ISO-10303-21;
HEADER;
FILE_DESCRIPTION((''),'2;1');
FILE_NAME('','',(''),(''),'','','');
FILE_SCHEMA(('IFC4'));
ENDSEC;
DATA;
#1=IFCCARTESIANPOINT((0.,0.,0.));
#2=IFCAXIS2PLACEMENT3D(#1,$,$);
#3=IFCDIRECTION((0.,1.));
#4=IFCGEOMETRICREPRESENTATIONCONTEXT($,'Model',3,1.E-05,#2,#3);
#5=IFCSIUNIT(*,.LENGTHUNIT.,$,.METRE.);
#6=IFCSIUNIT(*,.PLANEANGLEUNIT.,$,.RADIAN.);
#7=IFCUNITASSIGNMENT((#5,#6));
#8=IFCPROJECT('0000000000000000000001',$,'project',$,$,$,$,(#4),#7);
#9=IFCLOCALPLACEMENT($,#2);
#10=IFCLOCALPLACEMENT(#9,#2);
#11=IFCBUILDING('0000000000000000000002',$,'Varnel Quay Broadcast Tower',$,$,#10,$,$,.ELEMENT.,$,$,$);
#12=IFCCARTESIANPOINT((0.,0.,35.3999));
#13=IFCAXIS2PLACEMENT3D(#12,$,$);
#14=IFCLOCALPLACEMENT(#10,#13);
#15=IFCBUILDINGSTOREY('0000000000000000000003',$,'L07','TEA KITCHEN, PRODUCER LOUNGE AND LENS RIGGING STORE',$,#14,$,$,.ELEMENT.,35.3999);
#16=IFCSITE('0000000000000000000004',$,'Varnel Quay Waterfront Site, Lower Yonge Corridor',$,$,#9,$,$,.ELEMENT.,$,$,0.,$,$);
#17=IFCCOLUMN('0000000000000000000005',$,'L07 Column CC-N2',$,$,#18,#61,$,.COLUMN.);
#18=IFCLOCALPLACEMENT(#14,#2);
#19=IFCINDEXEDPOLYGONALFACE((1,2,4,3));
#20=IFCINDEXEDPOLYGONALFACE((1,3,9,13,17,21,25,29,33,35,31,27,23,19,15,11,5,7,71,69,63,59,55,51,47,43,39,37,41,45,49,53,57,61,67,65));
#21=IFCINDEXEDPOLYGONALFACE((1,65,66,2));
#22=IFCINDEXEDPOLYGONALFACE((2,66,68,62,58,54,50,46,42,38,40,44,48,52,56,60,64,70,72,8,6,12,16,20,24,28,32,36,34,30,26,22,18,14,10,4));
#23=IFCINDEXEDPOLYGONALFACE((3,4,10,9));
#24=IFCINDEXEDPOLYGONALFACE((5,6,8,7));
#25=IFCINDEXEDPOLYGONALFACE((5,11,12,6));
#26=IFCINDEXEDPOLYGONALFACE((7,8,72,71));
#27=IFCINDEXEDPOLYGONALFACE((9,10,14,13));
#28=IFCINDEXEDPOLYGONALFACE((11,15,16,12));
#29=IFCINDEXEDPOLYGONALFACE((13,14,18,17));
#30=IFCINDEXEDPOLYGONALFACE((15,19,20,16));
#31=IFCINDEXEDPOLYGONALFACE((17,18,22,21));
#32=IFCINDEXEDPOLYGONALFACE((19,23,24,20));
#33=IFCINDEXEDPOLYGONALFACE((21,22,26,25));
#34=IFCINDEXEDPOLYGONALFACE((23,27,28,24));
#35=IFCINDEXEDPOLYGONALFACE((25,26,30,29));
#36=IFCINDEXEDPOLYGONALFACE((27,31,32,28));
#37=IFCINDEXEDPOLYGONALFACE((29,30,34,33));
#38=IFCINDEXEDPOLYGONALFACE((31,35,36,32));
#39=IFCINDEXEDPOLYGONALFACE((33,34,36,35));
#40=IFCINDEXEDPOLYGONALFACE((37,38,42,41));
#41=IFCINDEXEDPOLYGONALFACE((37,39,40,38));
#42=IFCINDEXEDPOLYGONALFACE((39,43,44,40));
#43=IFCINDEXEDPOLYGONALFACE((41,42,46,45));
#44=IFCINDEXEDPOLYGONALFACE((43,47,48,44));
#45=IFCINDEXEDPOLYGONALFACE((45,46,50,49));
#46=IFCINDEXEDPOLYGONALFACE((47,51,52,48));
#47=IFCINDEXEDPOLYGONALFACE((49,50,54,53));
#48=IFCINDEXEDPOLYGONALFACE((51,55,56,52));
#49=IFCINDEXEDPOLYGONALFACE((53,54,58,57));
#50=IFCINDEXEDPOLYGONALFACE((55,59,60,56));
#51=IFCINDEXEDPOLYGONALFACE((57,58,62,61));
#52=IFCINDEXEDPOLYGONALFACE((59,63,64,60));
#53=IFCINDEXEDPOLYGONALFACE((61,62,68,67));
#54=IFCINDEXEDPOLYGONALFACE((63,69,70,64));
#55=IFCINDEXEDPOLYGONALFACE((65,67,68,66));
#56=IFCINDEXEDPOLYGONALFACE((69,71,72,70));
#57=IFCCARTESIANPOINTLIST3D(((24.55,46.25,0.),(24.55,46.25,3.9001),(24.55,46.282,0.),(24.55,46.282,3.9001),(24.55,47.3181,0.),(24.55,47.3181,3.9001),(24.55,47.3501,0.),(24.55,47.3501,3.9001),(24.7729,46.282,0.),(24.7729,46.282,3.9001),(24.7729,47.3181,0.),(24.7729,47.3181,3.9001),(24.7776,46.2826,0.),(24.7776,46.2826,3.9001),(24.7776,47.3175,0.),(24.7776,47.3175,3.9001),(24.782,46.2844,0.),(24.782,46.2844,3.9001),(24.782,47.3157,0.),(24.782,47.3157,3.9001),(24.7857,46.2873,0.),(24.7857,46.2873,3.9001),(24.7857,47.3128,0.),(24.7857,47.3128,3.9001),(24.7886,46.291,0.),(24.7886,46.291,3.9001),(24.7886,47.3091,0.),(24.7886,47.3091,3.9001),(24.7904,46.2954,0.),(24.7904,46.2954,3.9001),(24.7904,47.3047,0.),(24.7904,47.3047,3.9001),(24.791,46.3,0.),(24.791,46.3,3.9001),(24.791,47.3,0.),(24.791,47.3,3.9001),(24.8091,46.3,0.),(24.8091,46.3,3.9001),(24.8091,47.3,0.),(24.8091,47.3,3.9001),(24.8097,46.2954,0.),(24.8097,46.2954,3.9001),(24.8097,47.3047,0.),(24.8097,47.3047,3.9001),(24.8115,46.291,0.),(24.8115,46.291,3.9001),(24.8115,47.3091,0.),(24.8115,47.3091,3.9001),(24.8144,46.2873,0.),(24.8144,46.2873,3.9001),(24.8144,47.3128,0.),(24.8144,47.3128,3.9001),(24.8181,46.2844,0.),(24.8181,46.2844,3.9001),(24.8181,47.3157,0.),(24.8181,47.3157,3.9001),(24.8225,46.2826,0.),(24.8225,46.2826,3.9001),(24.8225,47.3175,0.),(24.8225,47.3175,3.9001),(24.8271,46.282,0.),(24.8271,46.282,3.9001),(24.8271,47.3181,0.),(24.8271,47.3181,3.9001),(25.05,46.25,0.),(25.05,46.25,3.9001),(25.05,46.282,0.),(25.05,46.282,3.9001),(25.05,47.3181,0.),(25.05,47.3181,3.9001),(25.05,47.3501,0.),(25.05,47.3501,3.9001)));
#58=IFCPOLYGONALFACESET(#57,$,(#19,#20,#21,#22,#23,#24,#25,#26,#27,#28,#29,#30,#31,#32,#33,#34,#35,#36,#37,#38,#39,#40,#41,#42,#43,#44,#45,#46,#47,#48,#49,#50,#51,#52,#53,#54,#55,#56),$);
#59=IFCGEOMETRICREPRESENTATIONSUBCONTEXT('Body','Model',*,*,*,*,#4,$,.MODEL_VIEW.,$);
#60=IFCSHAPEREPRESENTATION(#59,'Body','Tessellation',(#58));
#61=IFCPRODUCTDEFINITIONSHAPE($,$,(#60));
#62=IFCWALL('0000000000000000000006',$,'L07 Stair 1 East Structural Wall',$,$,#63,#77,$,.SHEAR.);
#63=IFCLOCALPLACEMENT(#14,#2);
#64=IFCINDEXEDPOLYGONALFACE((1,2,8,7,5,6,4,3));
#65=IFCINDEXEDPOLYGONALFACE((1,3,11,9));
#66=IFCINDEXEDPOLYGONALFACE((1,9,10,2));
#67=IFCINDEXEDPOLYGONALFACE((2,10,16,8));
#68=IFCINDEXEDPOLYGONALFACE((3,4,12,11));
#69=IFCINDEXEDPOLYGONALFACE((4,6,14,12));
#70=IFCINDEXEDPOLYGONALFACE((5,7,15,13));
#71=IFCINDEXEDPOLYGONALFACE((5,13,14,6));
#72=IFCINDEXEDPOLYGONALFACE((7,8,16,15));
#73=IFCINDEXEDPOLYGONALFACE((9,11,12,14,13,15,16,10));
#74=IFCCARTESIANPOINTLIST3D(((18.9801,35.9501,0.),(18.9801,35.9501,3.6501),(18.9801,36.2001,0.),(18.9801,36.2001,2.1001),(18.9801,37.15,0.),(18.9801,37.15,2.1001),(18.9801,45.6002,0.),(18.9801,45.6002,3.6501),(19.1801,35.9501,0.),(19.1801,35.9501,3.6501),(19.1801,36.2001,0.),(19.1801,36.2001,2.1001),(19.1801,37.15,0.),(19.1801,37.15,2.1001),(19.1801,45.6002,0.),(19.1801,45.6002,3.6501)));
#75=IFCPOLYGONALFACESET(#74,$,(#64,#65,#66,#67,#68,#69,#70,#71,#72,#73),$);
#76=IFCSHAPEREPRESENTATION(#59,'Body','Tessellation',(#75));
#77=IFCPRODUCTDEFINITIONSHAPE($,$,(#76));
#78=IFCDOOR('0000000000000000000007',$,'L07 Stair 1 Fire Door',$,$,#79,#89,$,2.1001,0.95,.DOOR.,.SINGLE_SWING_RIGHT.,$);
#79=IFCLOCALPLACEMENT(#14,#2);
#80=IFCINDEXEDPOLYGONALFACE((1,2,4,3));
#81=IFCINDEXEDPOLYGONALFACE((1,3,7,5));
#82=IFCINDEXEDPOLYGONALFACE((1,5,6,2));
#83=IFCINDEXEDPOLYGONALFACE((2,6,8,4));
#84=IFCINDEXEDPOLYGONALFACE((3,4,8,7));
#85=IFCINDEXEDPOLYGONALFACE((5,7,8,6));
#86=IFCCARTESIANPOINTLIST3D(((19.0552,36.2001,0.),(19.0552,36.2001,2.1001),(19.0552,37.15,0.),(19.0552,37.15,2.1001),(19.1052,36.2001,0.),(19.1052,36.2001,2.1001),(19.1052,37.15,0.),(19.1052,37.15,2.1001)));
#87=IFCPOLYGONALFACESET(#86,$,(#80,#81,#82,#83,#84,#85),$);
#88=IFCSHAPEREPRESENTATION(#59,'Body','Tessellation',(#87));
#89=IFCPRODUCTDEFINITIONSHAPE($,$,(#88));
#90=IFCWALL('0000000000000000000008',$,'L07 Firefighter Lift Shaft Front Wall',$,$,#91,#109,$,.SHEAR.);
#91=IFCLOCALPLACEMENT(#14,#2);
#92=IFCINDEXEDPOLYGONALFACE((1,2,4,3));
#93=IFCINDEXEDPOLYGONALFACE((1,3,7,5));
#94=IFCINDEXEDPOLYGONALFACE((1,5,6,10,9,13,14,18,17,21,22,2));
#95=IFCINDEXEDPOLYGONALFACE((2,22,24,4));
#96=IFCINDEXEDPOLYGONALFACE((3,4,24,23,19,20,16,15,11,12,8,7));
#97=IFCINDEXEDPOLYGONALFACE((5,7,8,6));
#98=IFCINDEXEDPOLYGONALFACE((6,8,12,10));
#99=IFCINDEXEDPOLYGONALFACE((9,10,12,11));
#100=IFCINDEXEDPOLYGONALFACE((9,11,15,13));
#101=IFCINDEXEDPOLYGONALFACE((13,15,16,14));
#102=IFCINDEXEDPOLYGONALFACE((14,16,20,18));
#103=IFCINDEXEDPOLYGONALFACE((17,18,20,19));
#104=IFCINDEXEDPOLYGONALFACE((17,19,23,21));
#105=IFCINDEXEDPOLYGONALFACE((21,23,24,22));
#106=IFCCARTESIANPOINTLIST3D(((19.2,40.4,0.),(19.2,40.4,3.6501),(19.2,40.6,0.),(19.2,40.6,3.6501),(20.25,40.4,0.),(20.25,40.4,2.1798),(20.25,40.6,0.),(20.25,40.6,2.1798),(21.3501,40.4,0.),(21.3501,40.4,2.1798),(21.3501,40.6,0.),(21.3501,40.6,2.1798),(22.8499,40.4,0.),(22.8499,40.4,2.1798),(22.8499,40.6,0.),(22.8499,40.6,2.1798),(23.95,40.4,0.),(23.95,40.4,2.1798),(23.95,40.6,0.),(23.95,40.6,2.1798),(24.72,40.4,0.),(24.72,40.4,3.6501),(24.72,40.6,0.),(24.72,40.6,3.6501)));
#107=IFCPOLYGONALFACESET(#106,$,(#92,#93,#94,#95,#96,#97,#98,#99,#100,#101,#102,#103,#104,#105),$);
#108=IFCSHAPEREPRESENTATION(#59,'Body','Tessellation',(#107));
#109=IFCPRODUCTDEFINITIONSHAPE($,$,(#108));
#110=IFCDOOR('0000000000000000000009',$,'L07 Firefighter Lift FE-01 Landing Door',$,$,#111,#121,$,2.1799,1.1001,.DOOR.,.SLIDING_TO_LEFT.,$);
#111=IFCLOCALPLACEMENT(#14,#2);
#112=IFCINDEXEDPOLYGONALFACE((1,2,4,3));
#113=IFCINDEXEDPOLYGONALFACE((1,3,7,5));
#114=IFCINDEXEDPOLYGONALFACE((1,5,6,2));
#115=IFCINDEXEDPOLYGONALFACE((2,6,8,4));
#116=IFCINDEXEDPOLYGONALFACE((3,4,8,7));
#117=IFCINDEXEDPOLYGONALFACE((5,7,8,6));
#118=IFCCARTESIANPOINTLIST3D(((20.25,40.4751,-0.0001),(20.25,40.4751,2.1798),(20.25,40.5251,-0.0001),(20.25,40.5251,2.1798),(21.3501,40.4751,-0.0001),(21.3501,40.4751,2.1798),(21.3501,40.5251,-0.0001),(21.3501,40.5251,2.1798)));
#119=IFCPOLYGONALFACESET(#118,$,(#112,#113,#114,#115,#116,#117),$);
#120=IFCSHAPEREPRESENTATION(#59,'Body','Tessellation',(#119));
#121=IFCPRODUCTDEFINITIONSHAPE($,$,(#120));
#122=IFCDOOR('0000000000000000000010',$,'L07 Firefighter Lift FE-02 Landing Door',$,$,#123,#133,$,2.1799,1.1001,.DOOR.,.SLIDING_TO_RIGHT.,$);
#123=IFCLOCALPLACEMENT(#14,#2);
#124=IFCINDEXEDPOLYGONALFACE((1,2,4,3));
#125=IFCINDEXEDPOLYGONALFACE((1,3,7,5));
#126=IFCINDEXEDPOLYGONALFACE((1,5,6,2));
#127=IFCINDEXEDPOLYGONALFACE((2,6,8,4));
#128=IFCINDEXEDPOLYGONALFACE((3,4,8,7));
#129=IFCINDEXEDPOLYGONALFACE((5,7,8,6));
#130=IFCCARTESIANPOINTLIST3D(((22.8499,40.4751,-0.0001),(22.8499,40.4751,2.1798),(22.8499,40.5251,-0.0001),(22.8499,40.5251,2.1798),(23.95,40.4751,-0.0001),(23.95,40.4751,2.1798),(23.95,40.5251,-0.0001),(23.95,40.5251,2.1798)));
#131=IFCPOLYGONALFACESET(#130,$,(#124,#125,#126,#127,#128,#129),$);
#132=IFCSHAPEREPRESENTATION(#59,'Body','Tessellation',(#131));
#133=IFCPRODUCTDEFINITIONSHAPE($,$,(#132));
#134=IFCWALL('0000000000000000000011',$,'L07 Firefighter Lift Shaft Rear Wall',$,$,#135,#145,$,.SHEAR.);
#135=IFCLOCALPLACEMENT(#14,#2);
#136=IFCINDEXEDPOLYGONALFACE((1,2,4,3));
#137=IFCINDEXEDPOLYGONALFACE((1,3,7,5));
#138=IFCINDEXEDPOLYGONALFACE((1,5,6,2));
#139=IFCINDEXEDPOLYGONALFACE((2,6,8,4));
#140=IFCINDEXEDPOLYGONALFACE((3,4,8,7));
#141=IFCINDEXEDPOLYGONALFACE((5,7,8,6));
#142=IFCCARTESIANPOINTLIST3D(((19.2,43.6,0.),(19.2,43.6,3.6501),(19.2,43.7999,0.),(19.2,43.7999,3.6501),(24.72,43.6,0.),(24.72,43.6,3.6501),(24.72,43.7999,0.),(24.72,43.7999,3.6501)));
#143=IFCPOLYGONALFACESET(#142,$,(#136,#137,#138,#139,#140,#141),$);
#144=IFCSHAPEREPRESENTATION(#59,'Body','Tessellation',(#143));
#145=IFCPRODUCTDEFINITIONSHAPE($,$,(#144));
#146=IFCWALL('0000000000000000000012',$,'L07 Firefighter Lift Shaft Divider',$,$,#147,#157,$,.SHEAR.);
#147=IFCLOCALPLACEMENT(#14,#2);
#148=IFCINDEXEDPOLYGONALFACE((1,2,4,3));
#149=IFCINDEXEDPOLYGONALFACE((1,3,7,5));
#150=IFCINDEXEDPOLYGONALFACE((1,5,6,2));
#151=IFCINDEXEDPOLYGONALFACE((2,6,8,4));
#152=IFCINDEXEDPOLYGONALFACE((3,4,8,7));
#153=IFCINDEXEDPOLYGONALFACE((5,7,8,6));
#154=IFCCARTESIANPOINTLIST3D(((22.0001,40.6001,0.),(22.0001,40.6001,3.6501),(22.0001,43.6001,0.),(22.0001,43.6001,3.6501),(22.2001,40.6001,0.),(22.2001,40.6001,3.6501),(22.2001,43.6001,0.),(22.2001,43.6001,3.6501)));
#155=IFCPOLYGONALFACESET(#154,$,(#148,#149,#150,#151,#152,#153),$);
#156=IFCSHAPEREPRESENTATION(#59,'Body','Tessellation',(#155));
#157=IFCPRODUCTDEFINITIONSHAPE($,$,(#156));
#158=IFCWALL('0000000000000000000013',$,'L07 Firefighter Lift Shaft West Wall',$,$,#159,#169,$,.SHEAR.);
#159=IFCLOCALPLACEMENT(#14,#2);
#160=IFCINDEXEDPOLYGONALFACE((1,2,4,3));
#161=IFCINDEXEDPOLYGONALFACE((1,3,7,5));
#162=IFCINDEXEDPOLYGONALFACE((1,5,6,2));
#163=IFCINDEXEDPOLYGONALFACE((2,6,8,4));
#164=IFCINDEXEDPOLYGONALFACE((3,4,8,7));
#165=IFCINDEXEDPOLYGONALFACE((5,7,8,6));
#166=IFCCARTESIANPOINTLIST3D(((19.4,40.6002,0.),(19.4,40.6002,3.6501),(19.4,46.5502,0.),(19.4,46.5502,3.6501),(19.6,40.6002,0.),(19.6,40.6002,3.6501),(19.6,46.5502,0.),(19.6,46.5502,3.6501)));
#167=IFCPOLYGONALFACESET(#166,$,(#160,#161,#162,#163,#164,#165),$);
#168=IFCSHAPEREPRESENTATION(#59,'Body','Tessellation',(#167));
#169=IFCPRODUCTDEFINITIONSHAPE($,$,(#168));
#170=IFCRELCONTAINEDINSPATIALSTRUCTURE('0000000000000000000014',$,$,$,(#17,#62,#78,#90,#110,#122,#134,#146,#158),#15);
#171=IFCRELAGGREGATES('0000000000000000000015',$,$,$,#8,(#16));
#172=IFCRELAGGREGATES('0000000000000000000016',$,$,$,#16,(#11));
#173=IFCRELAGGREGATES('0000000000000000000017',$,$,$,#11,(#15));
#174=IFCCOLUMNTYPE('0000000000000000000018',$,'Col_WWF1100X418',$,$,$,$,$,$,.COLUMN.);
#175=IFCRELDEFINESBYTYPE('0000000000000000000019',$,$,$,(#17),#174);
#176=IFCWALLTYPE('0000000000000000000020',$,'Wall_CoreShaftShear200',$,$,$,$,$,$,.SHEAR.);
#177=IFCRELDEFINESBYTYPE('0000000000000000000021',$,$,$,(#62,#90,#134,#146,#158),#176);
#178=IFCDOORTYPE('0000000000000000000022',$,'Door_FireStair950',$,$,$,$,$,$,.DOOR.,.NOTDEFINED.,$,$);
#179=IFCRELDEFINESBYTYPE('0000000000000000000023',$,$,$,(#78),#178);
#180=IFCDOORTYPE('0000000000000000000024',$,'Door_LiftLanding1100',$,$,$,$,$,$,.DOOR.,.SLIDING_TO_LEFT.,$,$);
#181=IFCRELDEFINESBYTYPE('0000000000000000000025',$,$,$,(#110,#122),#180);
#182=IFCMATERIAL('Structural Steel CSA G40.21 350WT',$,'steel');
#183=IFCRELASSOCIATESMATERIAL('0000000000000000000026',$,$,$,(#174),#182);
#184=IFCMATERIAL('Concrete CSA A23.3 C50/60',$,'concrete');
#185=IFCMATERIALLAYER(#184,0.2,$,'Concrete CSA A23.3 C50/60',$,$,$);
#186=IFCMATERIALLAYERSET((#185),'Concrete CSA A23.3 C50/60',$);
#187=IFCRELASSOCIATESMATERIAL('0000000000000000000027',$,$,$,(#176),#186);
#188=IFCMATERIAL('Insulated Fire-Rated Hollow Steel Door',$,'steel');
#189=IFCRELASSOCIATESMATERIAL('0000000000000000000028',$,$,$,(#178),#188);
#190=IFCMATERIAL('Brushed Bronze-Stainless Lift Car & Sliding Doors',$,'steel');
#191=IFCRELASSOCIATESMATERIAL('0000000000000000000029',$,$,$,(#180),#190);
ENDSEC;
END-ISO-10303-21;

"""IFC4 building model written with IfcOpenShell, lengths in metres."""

from ifc_helpers import new_model, si_unit, direction, frame, frame_2d, origin, origin_2d, place, context, subcontext, project, spatial, rectangle, i_section, extrude, source, transform, mapped, material, layer, layer_set, material_profile, profile_set, type_object, type_shapes, element, fill, save


model = new_model("IFC4")

# Units and contexts
model_context = context("Model", 3, precision=1e-05, world=origin(), true_north=direction((0.0, 1.0)))
body_context = subcontext(model_context, "Body", "Model", "MODEL_VIEW")
ifc_project = project(units=[si_unit("LENGTHUNIT", "METRE"), si_unit("PLANEANGLEUNIT", "RADIAN")], contexts=[model_context])

# Site, building, storey
site_placement = place(None, origin())
site = spatial("IfcSite", under=ifc_project, at=site_placement, Name="Varnel Quay Waterfront Site, Lower Yonge Corridor", CompositionType="ELEMENT", RefElevation=0.0)
building_placement = place(site_placement, origin())
building = spatial("IfcBuilding", under=site, at=building_placement, Name="Varnel Quay Broadcast Tower", CompositionType="ELEMENT")
storey_placement = place(building_placement, frame((0.0, 0.0, 35.3999)))
storey = spatial("IfcBuildingStorey", under=building, at=storey_placement, Name="L07", Description="TEA KITCHEN, PRODUCER LOUNGE AND LENS RIGGING STORE", CompositionType="ELEMENT", Elevation=35.3999)

# Column
ifc_material_1 = material(Name="Structural Steel CSA G40.21 350WT", Category="steel")
ifc_material_profile = material_profile(ifc_material_1, i_section(OverallWidth=0.5, OverallDepth=1.1001, WebThickness=0.0181, FlangeThickness=0.032, FilletRadius=0.0181, at=origin_2d()), Name="WWF1100X418")
ifc_profile_set = profile_set([ifc_material_profile], Name="Structural Steel CSA G40.21 350WT")
column_type = type_object("IfcColumnType", Name="Col_WWF1100X418", PredefinedType="COLUMN", material=ifc_profile_set)
shared_shape_1 = source(origin(), body_context, "Body", "SweptSolid", [
    extrude(i_section(OverallWidth=0.5, OverallDepth=1.1001, WebThickness=0.0181, FlangeThickness=0.032, FilletRadius=0.0181, at=origin_2d()), origin(), (0.0, 0.0, 1.0), 3.9001),
])
type_shapes(column_type, [shared_shape_1])
column_placement = place(storey_placement, frame((24.8, 46.8, 0.0), z_axis=(0.0, 0.0, 1.0), x_axis=(1.0, 0.0, 0.0)))
element("IfcColumn", 1, at=column_placement, inside=storey, type_object=column_type, Name="L07 Column CC-N2", PredefinedType="COLUMN", context=body_context, shape_type="MappedRepresentation", body=[
    mapped(shared_shape_1, transform((0.0, 0.0, 0.0), x_axis=(1.0, 0.0, 0.0), y_axis=(0.0, 1.0, 0.0), z_axis=(0.0, 0.0, 1.0), scale=1.0)),
])

# Wall, opening, door
ifc_material_2 = material(Name="Concrete CSA A23.3 C50/60", Category="concrete")
ifc_layer_1 = layer(ifc_material_2, 0.2, Name="Concrete CSA A23.3 C50/60")
ifc_layer_set_1 = layer_set([ifc_layer_1], Name="Concrete CSA A23.3 C50/60")
wall_type_1 = type_object("IfcWallType", Name="Wall_CoreShaftShear200", PredefinedType="SHEAR", material=ifc_layer_set_1)
wall_1_placement = place(storey_placement, frame((19.0801, 35.95, 0.0), z_axis=(0.0, 0.0, 1.0), x_axis=(0.0, 1.0, 0.0)))
wall_1 = element("IfcWall", 2, at=wall_1_placement, inside=storey, type_object=wall_type_1, Name="L07 Stair 1 East Structural Wall", PredefinedType="SHEAR", context=body_context, shape_type="SweptSolid", body=[
    extrude(rectangle(XDim=9.6501, YDim=0.2, at=frame_2d((4.8252, 0.0))), origin(), (0.0, 0.0, 1.0), 3.6501),
])
opening_1_placement = place(wall_1_placement, frame((0.25, 0.0, 0.0)))
opening_1 = element("IfcOpeningElement", 3, at=opening_1_placement, cuts=wall_1, PredefinedType="OPENING", context=body_context, shape_type="SweptSolid", body=[
    extrude(rectangle(XDim=0.95, YDim=2.1001, at=frame_2d((0.4751, 1.05))), frame((0.0, 0.1099, 0.0), z_axis=(0.0, -1.0, 0.0), x_axis=(1.0, 0.0, 0.0)), (0.0, 0.0, 1.0), 0.22),
])
ifc_material_3 = material(Name="Insulated Fire-Rated Hollow Steel Door", Category="steel")
door_type_1 = type_object("IfcDoorType", Name="Door_FireStair950", OperationType="NOTDEFINED", PredefinedType="DOOR", material=ifc_material_3)
shared_shape_2 = source(origin(), body_context, "Body", "SweptSolid", [
    extrude(rectangle(XDim=0.95, YDim=2.1001, at=frame_2d((0.4751, 1.05))), frame((0.0, 0.0249, 0.0), z_axis=(0.0, -1.0, 0.0), x_axis=(1.0, 0.0, 0.0)), (0.0, 0.0, 1.0), 0.05),
])
type_shapes(door_type_1, [shared_shape_2])
door_1_placement = place(opening_1_placement, origin())
door_1 = element("IfcDoor", 4, at=door_1_placement, inside=storey, type_object=door_type_1, Name="L07 Stair 1 Fire Door", OperationType="SINGLE_SWING_RIGHT", OverallHeight=2.1001, OverallWidth=0.95, PredefinedType="DOOR", context=body_context, shape_type="MappedRepresentation", body=[
    mapped(shared_shape_2, transform((0.0, 0.0, 0.0), x_axis=(1.0, 0.0, 0.0), y_axis=(0.0, 1.0, 0.0), z_axis=(0.0, 0.0, 1.0), scale=1.0)),
])
fill(opening_1, door_1)

# Wall, openings, doors
wall_2_placement = place(storey_placement, frame((19.2, 40.5, 0.0), z_axis=(0.0, 0.0, 1.0), x_axis=(1.0, 0.0, 0.0)))
wall_2 = element("IfcWall", 5, at=wall_2_placement, inside=storey, type_object=wall_type_1, Name="L07 Firefighter Lift Shaft Front Wall", PredefinedType="SHEAR", context=body_context, shape_type="SweptSolid", body=[
    extrude(rectangle(XDim=5.52, YDim=0.2, at=frame_2d((2.76, 0.0))), origin(), (0.0, 0.0, 1.0), 3.6501),
])
opening_2_placement = place(wall_2_placement, frame((1.05, 0.0, 0.0)))
opening_2 = element("IfcOpeningElement", 6, at=opening_2_placement, cuts=wall_2, PredefinedType="OPENING", context=body_context, shape_type="SweptSolid", body=[
    extrude(rectangle(XDim=1.1001, YDim=2.1799, at=frame_2d((0.55, 1.0898))), frame((0.0, 0.1099, 0.0), z_axis=(0.0, -1.0, 0.0), x_axis=(1.0, 0.0, 0.0)), (0.0, 0.0, 1.0), 0.22),
])
opening_3_placement = place(wall_2_placement, frame((3.6499, 0.0, 0.0)))
opening_3 = element("IfcOpeningElement", 7, at=opening_3_placement, cuts=wall_2, PredefinedType="OPENING", context=body_context, shape_type="SweptSolid", body=[
    extrude(rectangle(XDim=1.1001, YDim=2.1799, at=frame_2d((0.55, 1.0898))), frame((0.0, 0.1099, 0.0), z_axis=(0.0, -1.0, 0.0), x_axis=(1.0, 0.0, 0.0)), (0.0, 0.0, 1.0), 0.22),
])
ifc_material_4 = material(Name="Brushed Bronze-Stainless Lift Car & Sliding Doors", Category="steel")
door_type_2 = type_object("IfcDoorType", Name="Door_LiftLanding1100", OperationType="SLIDING_TO_LEFT", PredefinedType="DOOR", material=ifc_material_4)
shared_shape_3 = source(origin(), body_context, "Body", "SweptSolid", [
    extrude(rectangle(XDim=1.1001, YDim=2.1799, at=frame_2d((0.55, 1.0898))), frame((0.0, 0.0249, 0.0), z_axis=(0.0, -1.0, 0.0), x_axis=(1.0, 0.0, 0.0)), (0.0, 0.0, 1.0), 0.05),
])
type_shapes(door_type_2, [shared_shape_3])
door_2_placement = place(opening_2_placement, frame((1.1001, 0.0, 0.0), z_axis=(0.0, 0.0, 1.0), x_axis=(-1.0, 0.0, 0.0)))
door_2 = element("IfcDoor", 8, at=door_2_placement, inside=storey, type_object=door_type_2, Name="L07 Firefighter Lift FE-01 Landing Door", OperationType="SLIDING_TO_LEFT", OverallHeight=2.1799, OverallWidth=1.1001, PredefinedType="DOOR", context=body_context, shape_type="MappedRepresentation", body=[
    mapped(shared_shape_3, transform((0.0, 0.0, 0.0), x_axis=(1.0, 0.0, 0.0), y_axis=(0.0, 1.0, 0.0), z_axis=(0.0, 0.0, 1.0), scale=1.0)),
])
fill(opening_2, door_2)
door_3_placement = place(opening_3_placement, frame((1.1001, 0.0, 0.0), z_axis=(0.0, 0.0, 1.0), x_axis=(-1.0, 0.0, 0.0)))
door_3 = element("IfcDoor", 9, at=door_3_placement, inside=storey, type_object=door_type_2, Name="L07 Firefighter Lift FE-02 Landing Door", OperationType="SLIDING_TO_RIGHT", OverallHeight=2.1799, OverallWidth=1.1001, PredefinedType="DOOR", context=body_context, shape_type="MappedRepresentation", body=[
    mapped(shared_shape_3, transform((0.0, 0.0, 0.0), x_axis=(1.0, 0.0, 0.0), y_axis=(0.0, 1.0, 0.0), z_axis=(0.0, 0.0, 1.0), scale=1.0)),
])
fill(opening_3, door_3)

# Walls
wall_3_placement = place(storey_placement, frame((19.2, 43.7, 0.0), z_axis=(0.0, 0.0, 1.0), x_axis=(1.0, 0.0, 0.0)))
element("IfcWall", 10, at=wall_3_placement, inside=storey, type_object=wall_type_1, Name="L07 Firefighter Lift Shaft Rear Wall", PredefinedType="SHEAR", context=body_context, shape_type="SweptSolid", body=[
    extrude(rectangle(XDim=5.52, YDim=0.2, at=frame_2d((2.76, 0.0))), origin(), (0.0, 0.0, 1.0), 3.6501),
])
wall_4_placement = place(storey_placement, frame((22.1001, 40.6001, 0.0), z_axis=(0.0, 0.0, 1.0), x_axis=(0.0, 1.0, 0.0)))
element("IfcWall", 11, at=wall_4_placement, inside=storey, type_object=wall_type_1, Name="L07 Firefighter Lift Shaft Divider", PredefinedType="SHEAR", context=body_context, shape_type="SweptSolid", body=[
    extrude(rectangle(XDim=3.0, YDim=0.2, at=frame_2d((1.5, 0.0))), origin(), (0.0, 0.0, 1.0), 3.6501),
])
wall_5_placement = place(storey_placement, frame((19.5, 40.6001, 0.0), z_axis=(0.0, 0.0, 1.0), x_axis=(0.0, 1.0, 0.0)))
element("IfcWall", 12, at=wall_5_placement, inside=storey, type_object=wall_type_1, Name="L07 Firefighter Lift Shaft West Wall", PredefinedType="SHEAR", context=body_context, shape_type="SweptSolid", body=[
    extrude(rectangle(XDim=5.95, YDim=0.2, at=frame_2d((2.9751, 0.0))), origin(), (0.0, 0.0, 1.0), 3.6501),
])

save(model, "model.ifc")
